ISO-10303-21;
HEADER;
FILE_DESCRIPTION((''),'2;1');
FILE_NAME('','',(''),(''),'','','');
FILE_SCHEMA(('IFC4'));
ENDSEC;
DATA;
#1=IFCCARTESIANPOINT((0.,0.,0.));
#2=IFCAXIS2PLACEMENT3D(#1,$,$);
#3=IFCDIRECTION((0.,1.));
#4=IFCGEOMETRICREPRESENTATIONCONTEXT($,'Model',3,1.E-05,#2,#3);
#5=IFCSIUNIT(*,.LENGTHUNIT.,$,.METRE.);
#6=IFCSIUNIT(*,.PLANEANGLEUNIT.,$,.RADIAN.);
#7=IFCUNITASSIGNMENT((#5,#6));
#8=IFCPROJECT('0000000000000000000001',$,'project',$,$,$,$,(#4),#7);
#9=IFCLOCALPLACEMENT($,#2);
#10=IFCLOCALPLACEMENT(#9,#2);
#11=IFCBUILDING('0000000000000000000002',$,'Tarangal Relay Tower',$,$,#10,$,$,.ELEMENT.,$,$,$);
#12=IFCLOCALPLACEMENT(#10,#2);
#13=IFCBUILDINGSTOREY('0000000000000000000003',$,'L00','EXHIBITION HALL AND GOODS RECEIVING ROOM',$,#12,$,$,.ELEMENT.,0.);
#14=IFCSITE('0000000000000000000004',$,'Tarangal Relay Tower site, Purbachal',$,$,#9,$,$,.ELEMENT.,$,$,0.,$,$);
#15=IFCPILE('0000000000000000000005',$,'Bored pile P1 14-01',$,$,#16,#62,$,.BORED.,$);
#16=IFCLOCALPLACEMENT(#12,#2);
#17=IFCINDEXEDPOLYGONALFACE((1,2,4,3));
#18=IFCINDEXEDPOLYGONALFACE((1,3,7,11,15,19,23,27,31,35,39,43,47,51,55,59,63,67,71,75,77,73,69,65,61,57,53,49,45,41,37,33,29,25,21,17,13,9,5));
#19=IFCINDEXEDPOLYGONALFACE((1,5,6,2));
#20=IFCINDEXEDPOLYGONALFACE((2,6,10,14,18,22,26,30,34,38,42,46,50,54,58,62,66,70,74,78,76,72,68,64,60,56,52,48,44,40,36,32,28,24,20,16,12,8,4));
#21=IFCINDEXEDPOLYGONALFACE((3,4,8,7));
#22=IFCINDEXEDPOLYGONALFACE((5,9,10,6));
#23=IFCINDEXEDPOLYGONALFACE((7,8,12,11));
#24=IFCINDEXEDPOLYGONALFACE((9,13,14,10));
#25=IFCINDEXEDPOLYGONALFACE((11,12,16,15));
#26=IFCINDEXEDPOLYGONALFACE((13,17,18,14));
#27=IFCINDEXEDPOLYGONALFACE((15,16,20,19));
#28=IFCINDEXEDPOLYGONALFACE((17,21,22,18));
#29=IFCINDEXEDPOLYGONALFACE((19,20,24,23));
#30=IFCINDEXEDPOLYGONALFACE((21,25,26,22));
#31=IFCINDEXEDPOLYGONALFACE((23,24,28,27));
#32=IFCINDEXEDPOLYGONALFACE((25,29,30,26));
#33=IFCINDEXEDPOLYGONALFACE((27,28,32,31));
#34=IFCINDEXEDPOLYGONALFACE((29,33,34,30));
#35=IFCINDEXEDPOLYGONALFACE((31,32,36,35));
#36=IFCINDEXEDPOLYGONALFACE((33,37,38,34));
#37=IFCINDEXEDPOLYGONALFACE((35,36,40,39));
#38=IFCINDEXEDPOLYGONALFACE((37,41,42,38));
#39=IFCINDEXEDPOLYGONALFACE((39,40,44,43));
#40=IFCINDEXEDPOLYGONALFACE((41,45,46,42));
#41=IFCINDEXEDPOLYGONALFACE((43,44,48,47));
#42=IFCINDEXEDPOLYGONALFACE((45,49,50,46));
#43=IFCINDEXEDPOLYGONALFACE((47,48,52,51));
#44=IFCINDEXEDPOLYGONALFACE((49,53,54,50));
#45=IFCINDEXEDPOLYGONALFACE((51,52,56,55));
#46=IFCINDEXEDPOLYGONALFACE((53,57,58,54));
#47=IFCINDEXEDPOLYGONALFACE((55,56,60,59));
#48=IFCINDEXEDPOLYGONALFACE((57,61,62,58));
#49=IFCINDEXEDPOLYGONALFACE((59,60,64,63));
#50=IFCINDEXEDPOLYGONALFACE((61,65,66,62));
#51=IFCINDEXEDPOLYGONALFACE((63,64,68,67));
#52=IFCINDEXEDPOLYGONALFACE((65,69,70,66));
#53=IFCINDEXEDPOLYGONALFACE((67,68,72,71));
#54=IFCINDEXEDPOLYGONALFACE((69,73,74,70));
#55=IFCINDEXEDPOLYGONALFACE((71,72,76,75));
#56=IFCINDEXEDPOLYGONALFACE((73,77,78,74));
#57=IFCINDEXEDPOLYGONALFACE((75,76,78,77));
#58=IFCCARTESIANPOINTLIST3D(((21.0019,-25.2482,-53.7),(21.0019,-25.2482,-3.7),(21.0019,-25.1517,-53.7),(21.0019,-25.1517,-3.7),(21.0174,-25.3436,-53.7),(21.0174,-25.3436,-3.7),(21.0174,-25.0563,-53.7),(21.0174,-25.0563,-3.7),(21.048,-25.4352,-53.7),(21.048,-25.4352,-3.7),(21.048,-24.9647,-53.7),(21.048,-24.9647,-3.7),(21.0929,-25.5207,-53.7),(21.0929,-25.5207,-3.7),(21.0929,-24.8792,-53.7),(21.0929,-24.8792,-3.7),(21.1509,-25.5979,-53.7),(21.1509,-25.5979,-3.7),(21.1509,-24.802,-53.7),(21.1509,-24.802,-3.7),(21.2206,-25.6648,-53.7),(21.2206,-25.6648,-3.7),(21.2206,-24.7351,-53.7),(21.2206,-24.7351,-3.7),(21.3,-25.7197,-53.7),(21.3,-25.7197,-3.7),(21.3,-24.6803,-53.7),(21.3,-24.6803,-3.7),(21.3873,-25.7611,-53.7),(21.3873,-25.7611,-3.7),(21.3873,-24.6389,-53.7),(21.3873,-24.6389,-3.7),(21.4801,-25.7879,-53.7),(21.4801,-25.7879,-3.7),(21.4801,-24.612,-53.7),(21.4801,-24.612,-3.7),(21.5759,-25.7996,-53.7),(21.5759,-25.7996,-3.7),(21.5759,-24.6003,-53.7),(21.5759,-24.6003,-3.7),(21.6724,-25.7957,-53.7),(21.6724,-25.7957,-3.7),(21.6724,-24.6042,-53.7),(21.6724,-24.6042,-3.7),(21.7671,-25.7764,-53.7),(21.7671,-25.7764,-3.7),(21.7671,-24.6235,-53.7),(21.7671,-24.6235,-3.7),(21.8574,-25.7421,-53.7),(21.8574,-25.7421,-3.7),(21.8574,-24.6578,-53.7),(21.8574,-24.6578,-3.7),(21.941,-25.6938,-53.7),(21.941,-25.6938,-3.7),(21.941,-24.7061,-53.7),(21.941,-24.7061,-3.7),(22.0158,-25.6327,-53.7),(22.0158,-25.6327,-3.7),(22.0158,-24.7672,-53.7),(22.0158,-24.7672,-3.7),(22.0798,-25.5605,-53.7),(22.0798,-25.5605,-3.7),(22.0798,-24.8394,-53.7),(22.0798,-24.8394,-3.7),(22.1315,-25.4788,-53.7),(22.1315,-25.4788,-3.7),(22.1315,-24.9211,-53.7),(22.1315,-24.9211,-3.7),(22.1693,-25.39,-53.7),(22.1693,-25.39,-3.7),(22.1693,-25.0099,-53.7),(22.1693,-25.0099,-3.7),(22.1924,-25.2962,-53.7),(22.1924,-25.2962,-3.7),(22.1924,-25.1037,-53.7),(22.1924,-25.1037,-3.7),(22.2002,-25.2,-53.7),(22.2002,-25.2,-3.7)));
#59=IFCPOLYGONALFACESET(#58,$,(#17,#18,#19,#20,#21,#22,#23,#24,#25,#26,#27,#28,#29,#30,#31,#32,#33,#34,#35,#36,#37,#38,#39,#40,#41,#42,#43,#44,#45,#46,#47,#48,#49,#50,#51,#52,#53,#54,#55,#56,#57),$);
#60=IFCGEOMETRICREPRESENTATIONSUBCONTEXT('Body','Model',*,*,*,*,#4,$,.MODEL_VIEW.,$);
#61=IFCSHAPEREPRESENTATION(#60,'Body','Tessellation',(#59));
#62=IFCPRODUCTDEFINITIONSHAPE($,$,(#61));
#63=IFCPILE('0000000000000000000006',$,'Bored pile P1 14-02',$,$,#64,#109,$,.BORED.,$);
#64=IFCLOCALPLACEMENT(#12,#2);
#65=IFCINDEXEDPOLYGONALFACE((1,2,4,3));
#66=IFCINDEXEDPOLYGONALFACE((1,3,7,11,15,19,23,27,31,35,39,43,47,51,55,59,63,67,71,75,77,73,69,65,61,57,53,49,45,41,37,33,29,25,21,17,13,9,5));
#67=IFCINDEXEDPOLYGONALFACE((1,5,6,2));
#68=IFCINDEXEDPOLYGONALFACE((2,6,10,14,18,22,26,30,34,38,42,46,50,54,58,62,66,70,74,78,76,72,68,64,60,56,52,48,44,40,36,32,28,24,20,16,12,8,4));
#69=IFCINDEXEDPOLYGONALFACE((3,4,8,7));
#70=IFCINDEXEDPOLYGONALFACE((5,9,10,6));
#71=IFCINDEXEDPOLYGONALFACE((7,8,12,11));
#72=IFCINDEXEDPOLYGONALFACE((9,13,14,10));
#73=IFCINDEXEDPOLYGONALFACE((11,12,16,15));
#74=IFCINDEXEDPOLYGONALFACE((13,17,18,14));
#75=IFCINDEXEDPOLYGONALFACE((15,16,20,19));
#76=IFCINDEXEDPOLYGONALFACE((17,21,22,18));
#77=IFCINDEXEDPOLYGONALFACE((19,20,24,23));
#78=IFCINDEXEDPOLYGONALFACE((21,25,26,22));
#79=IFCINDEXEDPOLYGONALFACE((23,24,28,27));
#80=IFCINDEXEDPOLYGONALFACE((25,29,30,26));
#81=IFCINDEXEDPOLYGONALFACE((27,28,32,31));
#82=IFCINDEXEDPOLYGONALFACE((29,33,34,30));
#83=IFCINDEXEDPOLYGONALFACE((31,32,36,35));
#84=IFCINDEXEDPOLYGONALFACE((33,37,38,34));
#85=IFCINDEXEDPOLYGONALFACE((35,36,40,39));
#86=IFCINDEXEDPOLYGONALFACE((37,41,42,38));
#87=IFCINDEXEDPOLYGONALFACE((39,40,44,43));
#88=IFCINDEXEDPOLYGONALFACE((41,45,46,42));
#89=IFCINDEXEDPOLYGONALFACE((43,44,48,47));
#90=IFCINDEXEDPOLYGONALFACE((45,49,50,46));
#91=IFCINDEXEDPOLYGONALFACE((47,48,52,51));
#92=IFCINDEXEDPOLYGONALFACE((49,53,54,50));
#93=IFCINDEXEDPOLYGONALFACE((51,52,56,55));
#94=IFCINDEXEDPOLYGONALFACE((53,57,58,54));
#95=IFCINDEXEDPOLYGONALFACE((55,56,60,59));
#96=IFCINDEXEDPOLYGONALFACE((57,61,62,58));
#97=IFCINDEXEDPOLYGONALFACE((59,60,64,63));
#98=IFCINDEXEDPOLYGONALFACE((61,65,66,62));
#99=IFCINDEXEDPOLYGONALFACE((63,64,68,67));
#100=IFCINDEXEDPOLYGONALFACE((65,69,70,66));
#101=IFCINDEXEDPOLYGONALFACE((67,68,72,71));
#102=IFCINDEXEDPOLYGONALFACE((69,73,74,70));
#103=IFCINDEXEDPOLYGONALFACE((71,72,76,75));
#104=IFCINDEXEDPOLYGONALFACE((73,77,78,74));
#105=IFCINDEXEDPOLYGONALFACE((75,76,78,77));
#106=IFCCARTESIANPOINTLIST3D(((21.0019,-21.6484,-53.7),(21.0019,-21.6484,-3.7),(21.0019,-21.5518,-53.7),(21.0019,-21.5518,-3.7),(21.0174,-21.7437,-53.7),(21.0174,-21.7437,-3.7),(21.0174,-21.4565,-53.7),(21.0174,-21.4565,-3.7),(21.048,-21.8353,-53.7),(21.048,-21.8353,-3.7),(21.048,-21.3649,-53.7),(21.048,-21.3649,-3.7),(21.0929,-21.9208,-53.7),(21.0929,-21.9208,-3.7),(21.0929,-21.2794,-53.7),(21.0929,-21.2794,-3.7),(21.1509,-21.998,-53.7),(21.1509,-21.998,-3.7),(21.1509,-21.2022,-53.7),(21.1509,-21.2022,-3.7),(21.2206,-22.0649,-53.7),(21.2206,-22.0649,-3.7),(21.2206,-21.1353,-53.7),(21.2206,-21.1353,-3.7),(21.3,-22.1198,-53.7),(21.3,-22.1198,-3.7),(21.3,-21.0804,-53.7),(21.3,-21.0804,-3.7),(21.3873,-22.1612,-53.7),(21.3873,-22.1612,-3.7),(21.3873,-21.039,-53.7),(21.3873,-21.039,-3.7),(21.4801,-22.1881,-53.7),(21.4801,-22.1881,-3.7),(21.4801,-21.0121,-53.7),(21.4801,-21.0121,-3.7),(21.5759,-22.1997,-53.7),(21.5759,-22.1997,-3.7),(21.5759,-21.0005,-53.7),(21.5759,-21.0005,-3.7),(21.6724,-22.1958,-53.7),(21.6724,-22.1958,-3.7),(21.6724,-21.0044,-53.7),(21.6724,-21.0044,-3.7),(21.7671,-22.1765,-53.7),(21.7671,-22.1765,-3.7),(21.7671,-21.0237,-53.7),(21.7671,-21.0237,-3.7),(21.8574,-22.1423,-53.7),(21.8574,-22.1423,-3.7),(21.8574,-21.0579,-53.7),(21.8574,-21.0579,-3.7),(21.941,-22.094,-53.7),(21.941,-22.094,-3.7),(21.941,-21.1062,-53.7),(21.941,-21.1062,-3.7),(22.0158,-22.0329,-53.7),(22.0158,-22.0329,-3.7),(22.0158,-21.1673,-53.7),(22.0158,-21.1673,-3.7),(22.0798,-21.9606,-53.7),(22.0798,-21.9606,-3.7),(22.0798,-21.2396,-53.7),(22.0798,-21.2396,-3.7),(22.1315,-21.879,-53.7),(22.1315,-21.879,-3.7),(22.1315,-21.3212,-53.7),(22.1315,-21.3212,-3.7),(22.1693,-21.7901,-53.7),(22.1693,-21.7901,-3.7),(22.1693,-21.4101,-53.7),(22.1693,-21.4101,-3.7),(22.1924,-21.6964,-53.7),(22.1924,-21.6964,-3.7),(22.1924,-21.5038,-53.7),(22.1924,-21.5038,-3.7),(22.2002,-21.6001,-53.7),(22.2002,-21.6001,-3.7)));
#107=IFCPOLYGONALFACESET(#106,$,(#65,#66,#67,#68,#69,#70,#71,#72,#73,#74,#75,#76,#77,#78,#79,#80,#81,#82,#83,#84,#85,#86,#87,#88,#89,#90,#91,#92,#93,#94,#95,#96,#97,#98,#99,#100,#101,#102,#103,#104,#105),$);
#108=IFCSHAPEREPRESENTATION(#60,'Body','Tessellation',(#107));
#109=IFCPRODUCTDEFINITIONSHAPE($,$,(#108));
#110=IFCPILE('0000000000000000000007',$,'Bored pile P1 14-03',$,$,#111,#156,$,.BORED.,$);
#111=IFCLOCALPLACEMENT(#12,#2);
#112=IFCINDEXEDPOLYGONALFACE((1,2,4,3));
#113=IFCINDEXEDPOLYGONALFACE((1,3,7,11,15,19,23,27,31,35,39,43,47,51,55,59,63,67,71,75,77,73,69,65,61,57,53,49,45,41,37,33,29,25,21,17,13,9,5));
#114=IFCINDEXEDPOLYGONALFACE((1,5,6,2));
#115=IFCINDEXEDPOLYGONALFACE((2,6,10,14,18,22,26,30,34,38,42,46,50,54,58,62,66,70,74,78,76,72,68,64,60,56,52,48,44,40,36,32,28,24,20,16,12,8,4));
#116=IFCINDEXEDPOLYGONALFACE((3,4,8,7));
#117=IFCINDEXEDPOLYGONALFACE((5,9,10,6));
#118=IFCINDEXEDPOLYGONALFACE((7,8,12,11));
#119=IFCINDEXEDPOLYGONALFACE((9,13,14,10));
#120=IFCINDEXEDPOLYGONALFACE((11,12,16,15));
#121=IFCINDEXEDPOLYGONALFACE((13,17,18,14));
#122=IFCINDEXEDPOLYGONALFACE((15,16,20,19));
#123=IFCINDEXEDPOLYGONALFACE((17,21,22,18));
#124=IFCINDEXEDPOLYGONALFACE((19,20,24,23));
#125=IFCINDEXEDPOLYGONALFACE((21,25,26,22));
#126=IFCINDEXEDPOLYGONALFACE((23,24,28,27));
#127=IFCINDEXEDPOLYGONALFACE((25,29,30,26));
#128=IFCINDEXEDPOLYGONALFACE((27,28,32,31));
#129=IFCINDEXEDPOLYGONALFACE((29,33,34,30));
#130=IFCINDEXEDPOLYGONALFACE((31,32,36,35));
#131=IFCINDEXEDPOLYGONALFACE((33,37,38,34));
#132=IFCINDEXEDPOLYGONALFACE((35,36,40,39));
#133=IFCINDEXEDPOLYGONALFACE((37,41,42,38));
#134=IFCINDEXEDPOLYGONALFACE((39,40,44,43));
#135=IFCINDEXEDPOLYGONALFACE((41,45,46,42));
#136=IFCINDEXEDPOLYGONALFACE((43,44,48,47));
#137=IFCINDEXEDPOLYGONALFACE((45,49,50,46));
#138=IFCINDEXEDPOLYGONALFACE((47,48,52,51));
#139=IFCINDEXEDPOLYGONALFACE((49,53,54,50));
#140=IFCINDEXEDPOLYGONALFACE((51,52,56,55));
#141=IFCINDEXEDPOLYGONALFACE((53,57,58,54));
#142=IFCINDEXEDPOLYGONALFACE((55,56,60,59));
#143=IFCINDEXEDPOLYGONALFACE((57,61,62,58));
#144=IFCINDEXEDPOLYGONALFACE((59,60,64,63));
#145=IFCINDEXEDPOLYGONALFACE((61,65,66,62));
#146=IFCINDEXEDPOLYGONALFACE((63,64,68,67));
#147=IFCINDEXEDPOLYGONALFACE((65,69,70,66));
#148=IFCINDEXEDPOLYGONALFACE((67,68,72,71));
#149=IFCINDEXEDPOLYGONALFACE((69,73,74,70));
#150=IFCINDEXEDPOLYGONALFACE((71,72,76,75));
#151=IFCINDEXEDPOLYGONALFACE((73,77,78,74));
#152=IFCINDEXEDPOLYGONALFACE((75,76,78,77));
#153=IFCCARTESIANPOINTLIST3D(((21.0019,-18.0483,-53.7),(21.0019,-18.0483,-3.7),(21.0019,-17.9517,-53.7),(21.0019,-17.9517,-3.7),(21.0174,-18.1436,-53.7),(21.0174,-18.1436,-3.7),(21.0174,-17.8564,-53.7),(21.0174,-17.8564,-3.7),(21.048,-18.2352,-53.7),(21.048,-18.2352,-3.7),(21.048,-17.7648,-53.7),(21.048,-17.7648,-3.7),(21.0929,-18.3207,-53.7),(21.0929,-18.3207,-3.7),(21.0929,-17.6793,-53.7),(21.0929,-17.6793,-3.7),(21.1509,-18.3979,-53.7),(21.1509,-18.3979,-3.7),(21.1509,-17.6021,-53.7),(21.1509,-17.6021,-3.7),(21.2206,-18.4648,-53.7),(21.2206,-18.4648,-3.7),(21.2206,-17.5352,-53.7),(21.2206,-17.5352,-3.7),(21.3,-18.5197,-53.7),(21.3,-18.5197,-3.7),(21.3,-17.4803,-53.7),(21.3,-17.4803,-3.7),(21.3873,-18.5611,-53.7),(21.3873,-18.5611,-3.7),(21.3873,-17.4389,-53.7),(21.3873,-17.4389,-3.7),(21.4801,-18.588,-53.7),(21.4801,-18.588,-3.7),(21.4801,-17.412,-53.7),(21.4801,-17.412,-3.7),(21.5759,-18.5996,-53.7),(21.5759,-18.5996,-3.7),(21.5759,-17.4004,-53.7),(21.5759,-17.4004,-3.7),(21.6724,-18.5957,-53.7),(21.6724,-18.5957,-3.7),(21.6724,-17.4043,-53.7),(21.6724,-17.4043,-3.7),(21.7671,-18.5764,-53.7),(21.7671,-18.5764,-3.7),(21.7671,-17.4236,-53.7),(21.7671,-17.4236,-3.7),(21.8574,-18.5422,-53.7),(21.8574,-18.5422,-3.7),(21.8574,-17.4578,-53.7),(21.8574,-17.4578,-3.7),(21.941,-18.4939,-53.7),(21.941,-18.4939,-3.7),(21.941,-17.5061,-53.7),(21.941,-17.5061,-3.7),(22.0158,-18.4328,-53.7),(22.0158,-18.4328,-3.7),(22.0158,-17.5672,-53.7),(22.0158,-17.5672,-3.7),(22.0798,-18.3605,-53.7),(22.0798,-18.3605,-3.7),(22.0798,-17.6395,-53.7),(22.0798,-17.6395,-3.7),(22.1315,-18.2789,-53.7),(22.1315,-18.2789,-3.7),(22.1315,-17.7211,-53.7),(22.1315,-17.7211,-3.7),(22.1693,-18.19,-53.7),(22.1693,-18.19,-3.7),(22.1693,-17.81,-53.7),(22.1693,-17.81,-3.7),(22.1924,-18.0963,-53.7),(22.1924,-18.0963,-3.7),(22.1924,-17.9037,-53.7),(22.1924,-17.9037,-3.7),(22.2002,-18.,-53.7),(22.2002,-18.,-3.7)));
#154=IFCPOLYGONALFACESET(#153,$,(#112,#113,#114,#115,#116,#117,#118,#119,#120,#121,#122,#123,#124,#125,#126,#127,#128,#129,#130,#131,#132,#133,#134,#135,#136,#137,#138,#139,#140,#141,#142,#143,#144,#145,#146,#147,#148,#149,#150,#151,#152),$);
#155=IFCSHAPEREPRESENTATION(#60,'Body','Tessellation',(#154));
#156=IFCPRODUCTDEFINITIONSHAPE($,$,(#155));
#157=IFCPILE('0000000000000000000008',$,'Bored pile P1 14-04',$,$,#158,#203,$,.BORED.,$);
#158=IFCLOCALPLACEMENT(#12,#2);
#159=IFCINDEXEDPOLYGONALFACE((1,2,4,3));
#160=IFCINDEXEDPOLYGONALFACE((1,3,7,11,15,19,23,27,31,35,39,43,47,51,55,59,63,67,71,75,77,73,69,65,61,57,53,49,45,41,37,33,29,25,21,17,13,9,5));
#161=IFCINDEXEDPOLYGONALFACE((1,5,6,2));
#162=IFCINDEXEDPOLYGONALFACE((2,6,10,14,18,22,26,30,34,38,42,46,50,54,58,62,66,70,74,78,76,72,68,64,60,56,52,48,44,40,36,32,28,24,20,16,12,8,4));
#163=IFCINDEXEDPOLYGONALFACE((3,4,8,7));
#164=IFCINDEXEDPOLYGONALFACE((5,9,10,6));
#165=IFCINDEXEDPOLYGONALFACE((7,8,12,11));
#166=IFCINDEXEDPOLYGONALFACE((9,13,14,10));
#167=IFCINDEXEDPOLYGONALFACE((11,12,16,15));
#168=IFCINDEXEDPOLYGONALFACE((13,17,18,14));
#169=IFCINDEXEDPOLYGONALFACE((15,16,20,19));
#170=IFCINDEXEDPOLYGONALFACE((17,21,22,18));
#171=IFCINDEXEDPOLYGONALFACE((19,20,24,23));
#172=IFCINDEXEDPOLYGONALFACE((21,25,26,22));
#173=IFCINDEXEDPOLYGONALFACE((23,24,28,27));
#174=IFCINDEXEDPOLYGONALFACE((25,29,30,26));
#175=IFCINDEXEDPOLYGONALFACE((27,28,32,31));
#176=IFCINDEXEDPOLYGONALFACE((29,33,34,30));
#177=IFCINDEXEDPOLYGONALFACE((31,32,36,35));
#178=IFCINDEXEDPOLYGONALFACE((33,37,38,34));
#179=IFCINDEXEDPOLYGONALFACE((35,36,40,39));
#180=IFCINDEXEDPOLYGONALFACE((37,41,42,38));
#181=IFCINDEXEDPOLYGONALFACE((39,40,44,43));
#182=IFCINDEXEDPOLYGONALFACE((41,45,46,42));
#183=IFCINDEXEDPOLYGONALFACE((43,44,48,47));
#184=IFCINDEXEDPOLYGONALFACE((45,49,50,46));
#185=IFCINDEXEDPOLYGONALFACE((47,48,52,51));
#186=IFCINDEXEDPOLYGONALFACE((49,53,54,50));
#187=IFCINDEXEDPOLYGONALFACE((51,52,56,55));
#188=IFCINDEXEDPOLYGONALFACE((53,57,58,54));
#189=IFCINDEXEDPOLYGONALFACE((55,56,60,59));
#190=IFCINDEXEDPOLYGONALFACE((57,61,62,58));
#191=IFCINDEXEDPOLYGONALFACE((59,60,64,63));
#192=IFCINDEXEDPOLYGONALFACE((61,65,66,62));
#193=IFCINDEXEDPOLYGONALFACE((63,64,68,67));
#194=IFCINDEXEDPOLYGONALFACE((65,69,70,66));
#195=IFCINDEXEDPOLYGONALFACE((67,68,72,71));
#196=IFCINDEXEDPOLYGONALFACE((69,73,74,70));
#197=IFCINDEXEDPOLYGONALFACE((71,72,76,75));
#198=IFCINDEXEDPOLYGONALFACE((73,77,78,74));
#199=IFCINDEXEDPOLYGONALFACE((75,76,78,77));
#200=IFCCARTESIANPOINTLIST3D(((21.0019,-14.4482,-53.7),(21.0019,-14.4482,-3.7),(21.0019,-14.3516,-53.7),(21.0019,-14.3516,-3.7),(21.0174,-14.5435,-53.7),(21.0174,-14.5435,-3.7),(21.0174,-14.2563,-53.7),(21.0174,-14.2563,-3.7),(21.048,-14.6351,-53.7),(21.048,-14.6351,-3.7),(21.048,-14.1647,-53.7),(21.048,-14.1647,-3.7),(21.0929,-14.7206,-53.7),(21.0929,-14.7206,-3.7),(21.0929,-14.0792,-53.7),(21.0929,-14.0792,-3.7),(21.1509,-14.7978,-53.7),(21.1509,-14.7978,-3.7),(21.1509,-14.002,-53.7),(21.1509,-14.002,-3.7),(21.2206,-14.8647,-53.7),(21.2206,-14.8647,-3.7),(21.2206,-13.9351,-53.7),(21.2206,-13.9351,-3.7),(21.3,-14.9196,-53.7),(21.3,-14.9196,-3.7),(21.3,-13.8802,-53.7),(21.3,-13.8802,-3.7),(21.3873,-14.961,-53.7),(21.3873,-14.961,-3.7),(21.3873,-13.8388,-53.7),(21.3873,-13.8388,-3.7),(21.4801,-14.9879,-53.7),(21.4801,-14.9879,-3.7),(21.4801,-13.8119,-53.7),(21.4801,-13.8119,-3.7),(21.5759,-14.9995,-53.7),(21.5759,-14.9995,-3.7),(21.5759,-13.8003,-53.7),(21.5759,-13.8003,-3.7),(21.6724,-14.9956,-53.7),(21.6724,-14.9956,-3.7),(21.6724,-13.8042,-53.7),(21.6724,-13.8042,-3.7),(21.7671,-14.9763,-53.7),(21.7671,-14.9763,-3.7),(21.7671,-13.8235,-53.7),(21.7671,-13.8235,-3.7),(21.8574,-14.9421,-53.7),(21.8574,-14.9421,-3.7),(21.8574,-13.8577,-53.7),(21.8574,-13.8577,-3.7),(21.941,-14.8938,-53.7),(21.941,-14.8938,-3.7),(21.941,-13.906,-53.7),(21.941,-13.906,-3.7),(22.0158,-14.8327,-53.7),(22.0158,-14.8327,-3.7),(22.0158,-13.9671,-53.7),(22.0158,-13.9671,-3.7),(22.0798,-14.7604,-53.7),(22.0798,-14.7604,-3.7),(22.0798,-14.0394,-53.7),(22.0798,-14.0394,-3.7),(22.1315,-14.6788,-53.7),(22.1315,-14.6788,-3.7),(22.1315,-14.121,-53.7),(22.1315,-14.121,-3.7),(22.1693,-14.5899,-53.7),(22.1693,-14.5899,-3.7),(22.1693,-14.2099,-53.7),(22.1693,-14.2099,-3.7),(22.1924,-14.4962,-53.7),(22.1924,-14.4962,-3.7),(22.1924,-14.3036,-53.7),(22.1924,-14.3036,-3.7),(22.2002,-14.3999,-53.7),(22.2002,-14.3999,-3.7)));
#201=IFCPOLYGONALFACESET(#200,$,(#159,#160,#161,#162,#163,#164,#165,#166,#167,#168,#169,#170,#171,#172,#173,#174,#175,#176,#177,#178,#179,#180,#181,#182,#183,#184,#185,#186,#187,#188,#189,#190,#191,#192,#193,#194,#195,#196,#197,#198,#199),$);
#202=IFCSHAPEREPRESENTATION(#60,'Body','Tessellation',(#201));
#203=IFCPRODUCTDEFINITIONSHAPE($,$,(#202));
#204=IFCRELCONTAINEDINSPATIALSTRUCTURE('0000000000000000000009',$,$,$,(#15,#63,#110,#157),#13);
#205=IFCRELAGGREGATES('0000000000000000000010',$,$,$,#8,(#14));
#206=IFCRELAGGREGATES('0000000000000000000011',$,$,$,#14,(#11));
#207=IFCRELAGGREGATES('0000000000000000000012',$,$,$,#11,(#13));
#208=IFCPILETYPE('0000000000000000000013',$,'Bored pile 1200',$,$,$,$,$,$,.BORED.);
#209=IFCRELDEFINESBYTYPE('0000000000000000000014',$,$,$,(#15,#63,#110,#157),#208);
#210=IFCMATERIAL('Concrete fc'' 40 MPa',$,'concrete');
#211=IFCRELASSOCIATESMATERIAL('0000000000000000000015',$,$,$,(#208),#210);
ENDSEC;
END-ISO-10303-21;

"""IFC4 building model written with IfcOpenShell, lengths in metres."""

from ifc_helpers import new_model, si_unit, direction, frame, origin, origin_2d, place, context, subcontext, project, spatial, circle, extrude, material, material_profile, profile_set, type_object, element, save


model = new_model("IFC4")

# Units and contexts
model_context = context("Model", 3, precision=1e-05, world=origin(), true_north=direction((0.0, 1.0)))
body_context = subcontext(model_context, "Body", "Model", "MODEL_VIEW")
ifc_project = project(units=[si_unit("LENGTHUNIT", "METRE"), si_unit("PLANEANGLEUNIT", "RADIAN")], contexts=[model_context])

# Site, building, storey
site_placement = place(None, origin())
site = spatial("IfcSite", under=ifc_project, at=site_placement, Name="Tarangal Relay Tower site, Purbachal", CompositionType="ELEMENT", RefElevation=0.0)
building_placement = place(site_placement, origin())
building = spatial("IfcBuilding", under=site, at=building_placement, Name="Tarangal Relay Tower", CompositionType="ELEMENT")
storey_placement = place(building_placement, origin())
storey = spatial("IfcBuildingStorey", under=building, at=storey_placement, Name="L00", Description="EXHIBITION HALL AND GOODS RECEIVING ROOM", CompositionType="ELEMENT", Elevation=0.0)

# Piles
ifc_material_1 = material(Name="Concrete fc' 40 MPa", Category="concrete")
ifc_material_profile_1 = material_profile(ifc_material_1, circle(Radius=0.6001, at=origin_2d()), Name="D1200")
ifc_profile_set_1 = profile_set([ifc_material_profile_1], Name="Concrete fc' 40 MPa")
pile_type = type_object("IfcPileType", Name="Bored pile 1200", PredefinedType="BORED", material=ifc_profile_set_1)
for number, where, z_axis, x_axis, name in (
    (1, (21.6001, -25.2, -3.7), (0.0, 0.0, -1.0), (1.0, 0.0, 0.0), "Bored pile P1 14-01"),
    (2, (21.6001, -21.6001, -3.7), (0.0, 0.0, -1.0), (1.0, 0.0, 0.0), "Bored pile P1 14-02"),
    (3, (21.6001, -18.0, -3.7), (0.0, 0.0, -1.0), (1.0, 0.0, 0.0), "Bored pile P1 14-03"),
    (4, (21.6001, -14.3999, -3.7), (0.0, 0.0, -1.0), (1.0, 0.0, 0.0), "Bored pile P1 14-04"),
):
    element("IfcPile", number, at=place(storey_placement, frame(where, z_axis=z_axis, x_axis=x_axis)), inside=storey, type_object=pile_type, Name=name, PredefinedType="BORED", context=body_context, shape_type="SweptSolid", body=[
        extrude(circle(Radius=0.6001, at=origin_2d()), origin(), (0.0, 0.0, 1.0), 50.0),
    ])

save(model, "model.ifc")
